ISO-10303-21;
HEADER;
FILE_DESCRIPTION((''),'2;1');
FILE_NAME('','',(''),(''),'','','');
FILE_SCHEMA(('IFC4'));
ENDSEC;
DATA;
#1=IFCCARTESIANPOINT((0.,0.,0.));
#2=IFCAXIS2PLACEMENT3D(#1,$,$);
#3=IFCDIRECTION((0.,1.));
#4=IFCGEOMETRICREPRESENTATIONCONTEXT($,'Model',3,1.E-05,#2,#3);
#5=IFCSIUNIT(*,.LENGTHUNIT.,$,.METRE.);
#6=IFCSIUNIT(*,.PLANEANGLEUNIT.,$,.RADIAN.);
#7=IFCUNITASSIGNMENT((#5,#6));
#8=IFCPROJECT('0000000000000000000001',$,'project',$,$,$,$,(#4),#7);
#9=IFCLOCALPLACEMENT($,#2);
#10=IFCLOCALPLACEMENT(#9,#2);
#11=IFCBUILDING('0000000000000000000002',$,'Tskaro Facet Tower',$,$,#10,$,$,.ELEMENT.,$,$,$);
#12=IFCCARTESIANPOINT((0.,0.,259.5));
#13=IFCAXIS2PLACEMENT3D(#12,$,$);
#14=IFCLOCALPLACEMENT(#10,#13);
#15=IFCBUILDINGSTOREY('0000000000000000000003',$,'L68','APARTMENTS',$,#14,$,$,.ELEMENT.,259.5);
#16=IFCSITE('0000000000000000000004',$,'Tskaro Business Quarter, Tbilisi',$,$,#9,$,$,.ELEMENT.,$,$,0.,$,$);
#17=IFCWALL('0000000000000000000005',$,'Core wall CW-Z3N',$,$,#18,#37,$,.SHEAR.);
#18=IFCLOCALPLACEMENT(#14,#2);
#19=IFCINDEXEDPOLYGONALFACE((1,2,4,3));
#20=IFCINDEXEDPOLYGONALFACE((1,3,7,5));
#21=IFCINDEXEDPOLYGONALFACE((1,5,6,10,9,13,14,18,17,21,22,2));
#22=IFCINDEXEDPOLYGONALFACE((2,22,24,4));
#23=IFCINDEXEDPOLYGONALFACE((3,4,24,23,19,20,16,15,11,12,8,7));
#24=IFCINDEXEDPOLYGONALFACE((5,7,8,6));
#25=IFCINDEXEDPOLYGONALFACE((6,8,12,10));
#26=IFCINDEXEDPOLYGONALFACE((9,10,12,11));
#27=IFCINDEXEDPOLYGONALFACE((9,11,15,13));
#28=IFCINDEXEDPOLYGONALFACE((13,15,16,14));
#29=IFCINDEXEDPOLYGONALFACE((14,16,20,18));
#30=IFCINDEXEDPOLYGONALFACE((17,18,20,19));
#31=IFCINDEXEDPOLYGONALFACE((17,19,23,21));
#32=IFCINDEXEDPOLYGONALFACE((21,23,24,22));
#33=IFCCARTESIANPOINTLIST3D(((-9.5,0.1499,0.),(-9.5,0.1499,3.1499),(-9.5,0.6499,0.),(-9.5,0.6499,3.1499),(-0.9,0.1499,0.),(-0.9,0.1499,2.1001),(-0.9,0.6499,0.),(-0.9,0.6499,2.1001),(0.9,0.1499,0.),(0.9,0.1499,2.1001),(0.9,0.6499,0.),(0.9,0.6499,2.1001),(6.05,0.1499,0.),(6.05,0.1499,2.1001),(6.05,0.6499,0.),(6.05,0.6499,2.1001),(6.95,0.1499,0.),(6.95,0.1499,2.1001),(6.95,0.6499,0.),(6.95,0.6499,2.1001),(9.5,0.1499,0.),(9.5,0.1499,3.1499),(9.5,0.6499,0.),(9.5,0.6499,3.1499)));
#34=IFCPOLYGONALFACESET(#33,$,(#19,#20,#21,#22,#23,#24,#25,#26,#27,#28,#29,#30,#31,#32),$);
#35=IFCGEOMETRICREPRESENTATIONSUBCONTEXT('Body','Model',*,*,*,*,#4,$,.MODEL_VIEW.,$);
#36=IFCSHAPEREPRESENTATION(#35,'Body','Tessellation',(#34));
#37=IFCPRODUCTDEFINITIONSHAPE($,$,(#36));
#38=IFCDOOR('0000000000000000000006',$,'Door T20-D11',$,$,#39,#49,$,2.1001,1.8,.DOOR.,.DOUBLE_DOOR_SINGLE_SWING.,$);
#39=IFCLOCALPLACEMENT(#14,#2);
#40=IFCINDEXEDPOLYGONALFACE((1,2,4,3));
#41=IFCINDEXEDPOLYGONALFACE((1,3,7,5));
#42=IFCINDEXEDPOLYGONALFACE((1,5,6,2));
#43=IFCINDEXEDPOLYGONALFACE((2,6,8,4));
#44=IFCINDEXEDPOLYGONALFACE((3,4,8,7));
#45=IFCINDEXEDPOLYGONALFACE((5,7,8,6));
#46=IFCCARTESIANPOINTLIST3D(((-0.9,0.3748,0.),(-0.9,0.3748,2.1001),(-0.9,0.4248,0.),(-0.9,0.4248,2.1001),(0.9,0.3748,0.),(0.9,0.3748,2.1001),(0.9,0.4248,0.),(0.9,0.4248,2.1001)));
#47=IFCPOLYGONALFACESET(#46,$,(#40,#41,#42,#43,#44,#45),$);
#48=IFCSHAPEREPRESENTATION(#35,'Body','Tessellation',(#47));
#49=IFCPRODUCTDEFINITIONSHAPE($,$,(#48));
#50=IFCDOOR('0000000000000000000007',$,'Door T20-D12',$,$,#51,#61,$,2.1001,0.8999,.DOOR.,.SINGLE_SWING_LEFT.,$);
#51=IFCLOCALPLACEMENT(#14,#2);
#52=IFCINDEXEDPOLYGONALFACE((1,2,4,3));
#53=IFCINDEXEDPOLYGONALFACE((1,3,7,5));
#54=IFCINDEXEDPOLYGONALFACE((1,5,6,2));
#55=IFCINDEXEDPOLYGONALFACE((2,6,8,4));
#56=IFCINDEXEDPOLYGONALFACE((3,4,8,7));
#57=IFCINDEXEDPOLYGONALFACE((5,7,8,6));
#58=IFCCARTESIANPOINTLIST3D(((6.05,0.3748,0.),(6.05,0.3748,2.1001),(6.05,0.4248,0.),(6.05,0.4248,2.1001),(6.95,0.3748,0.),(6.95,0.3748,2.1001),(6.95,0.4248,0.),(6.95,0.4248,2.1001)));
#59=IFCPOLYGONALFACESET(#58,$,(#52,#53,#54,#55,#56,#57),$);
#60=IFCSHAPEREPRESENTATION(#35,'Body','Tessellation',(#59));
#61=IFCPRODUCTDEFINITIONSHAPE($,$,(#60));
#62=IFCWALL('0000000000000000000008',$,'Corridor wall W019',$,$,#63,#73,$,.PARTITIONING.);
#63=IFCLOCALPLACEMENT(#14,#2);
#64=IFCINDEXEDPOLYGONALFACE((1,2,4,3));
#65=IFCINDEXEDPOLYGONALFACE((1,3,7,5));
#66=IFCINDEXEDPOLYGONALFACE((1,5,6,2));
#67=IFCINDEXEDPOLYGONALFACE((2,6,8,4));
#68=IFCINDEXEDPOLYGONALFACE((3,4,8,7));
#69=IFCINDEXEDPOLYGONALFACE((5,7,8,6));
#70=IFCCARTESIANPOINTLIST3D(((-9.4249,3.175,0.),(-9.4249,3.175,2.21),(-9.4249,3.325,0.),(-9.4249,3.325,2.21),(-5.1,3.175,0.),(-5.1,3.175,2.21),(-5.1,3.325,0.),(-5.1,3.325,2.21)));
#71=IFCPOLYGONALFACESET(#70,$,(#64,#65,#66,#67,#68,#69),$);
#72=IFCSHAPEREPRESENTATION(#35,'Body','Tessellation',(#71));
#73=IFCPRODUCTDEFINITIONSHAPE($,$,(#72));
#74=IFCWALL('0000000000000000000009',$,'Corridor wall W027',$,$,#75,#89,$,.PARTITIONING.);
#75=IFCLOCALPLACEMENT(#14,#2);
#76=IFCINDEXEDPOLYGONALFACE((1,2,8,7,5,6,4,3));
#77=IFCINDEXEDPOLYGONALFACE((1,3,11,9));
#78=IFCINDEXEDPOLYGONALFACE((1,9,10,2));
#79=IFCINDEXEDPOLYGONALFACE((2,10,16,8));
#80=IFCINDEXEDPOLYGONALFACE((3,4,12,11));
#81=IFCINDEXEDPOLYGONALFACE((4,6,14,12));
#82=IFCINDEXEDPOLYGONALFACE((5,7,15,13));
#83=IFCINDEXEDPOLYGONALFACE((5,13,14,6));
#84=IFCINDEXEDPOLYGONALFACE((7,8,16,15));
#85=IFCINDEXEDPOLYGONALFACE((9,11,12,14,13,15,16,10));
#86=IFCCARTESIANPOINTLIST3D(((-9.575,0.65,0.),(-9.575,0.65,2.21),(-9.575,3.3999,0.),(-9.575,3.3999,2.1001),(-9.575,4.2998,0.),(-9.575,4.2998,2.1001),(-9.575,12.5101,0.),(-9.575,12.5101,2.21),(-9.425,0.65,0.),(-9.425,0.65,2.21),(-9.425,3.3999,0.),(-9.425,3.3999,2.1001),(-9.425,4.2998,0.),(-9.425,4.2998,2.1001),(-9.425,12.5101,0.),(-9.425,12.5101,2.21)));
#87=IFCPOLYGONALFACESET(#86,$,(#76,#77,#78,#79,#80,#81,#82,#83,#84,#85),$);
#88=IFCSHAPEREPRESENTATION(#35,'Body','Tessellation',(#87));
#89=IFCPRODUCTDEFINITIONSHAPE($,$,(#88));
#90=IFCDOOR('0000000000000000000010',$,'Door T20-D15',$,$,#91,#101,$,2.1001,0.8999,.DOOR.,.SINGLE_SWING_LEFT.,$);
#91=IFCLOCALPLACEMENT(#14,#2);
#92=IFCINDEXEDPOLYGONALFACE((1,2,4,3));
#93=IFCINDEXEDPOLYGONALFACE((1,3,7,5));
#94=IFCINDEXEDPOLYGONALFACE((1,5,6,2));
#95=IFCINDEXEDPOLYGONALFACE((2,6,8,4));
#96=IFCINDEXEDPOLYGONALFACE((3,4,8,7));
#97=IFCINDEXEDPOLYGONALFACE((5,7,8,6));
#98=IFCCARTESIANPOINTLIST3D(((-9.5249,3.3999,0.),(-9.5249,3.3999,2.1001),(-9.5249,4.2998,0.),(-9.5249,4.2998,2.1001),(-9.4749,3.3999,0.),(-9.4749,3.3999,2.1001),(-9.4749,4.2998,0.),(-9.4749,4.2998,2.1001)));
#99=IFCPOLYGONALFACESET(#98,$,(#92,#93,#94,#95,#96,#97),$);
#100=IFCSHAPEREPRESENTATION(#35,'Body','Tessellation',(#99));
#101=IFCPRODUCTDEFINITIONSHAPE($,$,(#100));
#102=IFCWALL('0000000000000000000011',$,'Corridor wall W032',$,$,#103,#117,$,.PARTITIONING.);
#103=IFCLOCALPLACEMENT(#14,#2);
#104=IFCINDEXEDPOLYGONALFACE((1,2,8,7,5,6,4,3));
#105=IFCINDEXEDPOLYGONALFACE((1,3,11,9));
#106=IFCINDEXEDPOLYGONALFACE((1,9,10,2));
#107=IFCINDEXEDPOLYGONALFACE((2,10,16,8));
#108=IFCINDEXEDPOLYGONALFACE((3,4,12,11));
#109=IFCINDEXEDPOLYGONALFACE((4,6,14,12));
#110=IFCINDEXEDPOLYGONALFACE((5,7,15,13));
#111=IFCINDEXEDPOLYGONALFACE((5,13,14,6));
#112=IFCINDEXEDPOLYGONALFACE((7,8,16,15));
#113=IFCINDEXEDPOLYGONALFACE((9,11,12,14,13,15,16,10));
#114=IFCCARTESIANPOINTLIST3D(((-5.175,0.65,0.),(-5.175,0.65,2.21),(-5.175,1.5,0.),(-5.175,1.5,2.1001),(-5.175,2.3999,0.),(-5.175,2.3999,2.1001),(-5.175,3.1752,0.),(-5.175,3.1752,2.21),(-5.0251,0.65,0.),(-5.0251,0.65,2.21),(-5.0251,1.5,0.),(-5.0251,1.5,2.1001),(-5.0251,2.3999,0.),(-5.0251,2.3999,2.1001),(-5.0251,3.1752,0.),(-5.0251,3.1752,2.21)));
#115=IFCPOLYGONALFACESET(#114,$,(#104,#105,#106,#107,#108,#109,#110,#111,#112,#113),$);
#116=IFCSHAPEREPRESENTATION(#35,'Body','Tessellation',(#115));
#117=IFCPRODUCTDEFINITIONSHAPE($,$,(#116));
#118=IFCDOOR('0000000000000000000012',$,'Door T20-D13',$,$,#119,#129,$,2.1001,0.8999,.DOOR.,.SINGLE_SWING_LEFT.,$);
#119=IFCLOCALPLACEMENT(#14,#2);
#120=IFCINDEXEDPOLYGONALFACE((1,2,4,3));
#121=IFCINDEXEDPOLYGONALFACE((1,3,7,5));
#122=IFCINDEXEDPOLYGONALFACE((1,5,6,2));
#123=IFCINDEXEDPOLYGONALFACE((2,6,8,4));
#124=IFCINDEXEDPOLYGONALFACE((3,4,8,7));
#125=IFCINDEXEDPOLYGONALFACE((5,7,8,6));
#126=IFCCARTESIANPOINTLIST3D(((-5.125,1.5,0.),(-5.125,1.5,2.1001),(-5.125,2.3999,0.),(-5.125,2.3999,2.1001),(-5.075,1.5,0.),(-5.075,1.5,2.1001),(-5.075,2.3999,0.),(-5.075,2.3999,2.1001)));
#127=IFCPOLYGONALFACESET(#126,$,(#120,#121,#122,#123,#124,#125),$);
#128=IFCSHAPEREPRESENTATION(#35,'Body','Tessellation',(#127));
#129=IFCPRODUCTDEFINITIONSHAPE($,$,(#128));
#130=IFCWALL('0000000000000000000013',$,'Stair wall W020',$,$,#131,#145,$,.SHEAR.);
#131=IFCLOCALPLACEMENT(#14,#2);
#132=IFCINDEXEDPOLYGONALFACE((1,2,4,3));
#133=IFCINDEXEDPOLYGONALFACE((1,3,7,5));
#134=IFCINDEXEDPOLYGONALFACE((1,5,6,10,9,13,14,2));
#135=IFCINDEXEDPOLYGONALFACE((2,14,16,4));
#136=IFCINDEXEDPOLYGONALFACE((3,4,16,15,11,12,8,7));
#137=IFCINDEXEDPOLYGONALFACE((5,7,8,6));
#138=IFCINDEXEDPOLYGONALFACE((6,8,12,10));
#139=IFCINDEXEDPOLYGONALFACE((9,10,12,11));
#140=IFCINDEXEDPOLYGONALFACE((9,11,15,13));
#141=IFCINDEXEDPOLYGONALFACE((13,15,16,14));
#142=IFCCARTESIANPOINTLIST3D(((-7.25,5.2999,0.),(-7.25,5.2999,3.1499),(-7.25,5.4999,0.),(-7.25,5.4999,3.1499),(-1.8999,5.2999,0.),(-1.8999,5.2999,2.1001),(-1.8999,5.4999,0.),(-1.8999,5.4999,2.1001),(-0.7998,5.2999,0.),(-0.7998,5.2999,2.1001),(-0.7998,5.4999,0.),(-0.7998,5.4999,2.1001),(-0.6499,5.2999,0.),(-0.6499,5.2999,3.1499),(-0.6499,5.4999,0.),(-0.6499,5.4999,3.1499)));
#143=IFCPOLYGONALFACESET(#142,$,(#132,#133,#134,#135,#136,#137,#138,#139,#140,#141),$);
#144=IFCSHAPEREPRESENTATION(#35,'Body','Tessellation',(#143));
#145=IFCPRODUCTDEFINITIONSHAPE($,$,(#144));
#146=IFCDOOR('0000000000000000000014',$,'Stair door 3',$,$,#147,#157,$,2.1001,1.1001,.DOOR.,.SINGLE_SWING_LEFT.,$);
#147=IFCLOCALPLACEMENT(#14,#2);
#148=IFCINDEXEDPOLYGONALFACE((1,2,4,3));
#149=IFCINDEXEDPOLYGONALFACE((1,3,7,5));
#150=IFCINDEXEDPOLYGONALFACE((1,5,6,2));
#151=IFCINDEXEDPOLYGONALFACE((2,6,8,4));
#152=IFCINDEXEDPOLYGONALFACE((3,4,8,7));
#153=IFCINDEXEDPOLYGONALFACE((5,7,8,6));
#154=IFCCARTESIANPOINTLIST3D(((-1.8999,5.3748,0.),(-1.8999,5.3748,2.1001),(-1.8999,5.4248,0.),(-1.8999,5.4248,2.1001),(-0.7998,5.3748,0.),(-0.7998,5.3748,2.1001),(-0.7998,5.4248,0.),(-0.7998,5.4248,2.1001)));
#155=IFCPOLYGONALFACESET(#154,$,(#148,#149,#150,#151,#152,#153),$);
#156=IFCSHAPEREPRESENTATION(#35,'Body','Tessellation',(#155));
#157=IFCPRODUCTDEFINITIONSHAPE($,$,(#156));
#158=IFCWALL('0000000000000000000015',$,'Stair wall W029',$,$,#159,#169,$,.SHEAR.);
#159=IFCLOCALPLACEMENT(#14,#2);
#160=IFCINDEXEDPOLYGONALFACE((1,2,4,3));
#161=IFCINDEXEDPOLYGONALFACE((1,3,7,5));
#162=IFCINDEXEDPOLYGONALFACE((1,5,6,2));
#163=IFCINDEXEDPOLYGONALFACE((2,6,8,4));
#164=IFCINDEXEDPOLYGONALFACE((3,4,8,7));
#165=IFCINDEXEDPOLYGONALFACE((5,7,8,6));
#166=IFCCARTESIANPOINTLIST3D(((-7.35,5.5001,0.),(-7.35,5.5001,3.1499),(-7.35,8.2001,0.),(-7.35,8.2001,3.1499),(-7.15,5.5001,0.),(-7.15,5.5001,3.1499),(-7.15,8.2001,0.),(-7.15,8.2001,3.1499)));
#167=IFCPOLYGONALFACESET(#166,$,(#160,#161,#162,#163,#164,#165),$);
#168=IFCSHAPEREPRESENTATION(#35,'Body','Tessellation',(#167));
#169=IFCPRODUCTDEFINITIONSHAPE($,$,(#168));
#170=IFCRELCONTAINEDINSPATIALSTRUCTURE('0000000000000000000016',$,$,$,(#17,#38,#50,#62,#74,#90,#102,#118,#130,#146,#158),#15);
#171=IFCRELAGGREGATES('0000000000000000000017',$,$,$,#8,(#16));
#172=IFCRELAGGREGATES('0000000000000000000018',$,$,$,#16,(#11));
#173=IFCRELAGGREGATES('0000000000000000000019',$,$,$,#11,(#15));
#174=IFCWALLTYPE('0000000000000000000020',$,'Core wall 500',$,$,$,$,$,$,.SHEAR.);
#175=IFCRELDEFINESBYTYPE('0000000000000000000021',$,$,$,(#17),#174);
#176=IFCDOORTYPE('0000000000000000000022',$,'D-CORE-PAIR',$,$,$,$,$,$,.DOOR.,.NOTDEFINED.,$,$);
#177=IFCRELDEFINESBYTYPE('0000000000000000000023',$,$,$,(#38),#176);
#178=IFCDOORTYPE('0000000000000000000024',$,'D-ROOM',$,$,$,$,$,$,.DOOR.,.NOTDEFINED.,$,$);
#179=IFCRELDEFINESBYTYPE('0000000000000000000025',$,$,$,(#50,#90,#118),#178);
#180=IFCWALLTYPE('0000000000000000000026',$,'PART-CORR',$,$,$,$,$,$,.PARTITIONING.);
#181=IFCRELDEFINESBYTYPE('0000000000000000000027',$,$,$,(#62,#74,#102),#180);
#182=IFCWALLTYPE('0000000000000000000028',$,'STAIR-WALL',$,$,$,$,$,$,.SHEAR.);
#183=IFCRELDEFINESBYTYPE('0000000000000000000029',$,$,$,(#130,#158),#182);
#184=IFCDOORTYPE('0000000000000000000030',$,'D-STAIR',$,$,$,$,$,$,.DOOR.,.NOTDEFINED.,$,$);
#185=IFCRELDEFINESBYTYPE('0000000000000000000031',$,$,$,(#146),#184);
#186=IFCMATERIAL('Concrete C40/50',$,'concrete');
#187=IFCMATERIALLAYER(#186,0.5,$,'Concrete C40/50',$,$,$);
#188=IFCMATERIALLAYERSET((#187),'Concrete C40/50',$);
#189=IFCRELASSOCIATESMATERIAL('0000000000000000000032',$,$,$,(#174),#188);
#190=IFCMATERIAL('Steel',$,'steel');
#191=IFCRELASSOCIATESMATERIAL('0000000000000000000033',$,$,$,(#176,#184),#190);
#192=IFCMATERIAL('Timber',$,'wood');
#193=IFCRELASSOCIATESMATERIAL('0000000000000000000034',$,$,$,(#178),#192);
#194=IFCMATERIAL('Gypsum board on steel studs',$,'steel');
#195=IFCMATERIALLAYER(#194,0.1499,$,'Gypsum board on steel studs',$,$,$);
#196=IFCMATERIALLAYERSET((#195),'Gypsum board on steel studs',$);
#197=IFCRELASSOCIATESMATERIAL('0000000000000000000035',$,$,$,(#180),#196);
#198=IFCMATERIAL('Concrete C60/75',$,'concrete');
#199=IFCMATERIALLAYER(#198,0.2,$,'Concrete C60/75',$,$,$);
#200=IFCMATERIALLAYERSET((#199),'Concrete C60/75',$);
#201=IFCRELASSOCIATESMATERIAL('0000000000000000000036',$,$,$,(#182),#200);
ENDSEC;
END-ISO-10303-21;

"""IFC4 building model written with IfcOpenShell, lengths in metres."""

from ifc_helpers import new_model, si_unit, direction, frame, frame_2d, origin, place, context, subcontext, project, spatial, rectangle, extrude, material, layer, layer_set, type_object, element, fill, save


model = new_model("IFC4")

# Units and contexts
model_context = context("Model", 3, precision=1e-05, world=origin(), true_north=direction((0.0, 1.0)))
body_context = subcontext(model_context, "Body", "Model", "MODEL_VIEW")
ifc_project = project(units=[si_unit("LENGTHUNIT", "METRE"), si_unit("PLANEANGLEUNIT", "RADIAN")], contexts=[model_context])

# Site, building, storey
site_placement = place(None, origin())
site = spatial("IfcSite", under=ifc_project, at=site_placement, Name="Tskaro Business Quarter, Tbilisi", CompositionType="ELEMENT", RefElevation=0.0)
building_placement = place(site_placement, origin())
building = spatial("IfcBuilding", under=site, at=building_placement, Name="Tskaro Facet Tower", CompositionType="ELEMENT")
storey_placement = place(building_placement, frame((0.0, 0.0, 259.5)))
storey = spatial("IfcBuildingStorey", under=building, at=storey_placement, Name="L68", Description="APARTMENTS", CompositionType="ELEMENT", Elevation=259.5)

# Wall, openings, doors
ifc_material_1 = material(Name="Concrete C40/50", Category="concrete")
ifc_layer_1 = layer(ifc_material_1, 0.5, Name="Concrete C40/50")
ifc_layer_set_1 = layer_set([ifc_layer_1], Name="Concrete C40/50")
wall_type_1 = type_object("IfcWallType", Name="Core wall 500", PredefinedType="SHEAR", material=ifc_layer_set_1)
wall_1_placement = place(storey_placement, frame((-9.5, 0.3999, 0.0), z_axis=(0.0, 0.0, 1.0), x_axis=(1.0, 0.0, 0.0)))
wall_1 = element("IfcWall", 1, at=wall_1_placement, inside=storey, type_object=wall_type_1, Name="Core wall CW-Z3N", PredefinedType="SHEAR", context=body_context, shape_type="SweptSolid", body=[
    extrude(rectangle(XDim=19.0, YDim=0.5, at=frame_2d((9.5, 0.0))), origin(), (0.0, 0.0, 1.0), 3.1499),
])
opening_1_placement = place(wall_1_placement, frame((8.6001, 0.0, 0.0)))
opening_1 = element("IfcOpeningElement", 2, at=opening_1_placement, cuts=wall_1, PredefinedType="OPENING", context=body_context, shape_type="SweptSolid", body=[
    extrude(rectangle(XDim=1.8, YDim=2.1001, at=frame_2d((0.8999, 1.05))), frame((0.0, 0.26, 0.0), z_axis=(0.0, -1.0, 0.0), x_axis=(1.0, 0.0, 0.0)), (0.0, 0.0, 1.0), 0.52),
])
opening_2_placement = place(wall_1_placement, frame((15.55, 0.0, 0.0)))
opening_2 = element("IfcOpeningElement", 3, at=opening_2_placement, cuts=wall_1, PredefinedType="OPENING", context=body_context, shape_type="SweptSolid", body=[
    extrude(rectangle(XDim=0.8999, YDim=2.1001, at=frame_2d((0.45, 1.05))), frame((0.0, 0.26, 0.0), z_axis=(0.0, -1.0, 0.0), x_axis=(1.0, 0.0, 0.0)), (0.0, 0.0, 1.0), 0.52),
])
ifc_material_2 = material(Name="Steel", Category="steel")
door_type_1 = type_object("IfcDoorType", Name="D-CORE-PAIR", OperationType="NOTDEFINED", PredefinedType="DOOR", material=ifc_material_2)
door_1_placement = place(opening_1_placement, origin())
door_1 = element("IfcDoor", 4, at=door_1_placement, inside=storey, type_object=door_type_1, Name="Door T20-D11", OperationType="DOUBLE_DOOR_SINGLE_SWING", OverallHeight=2.1001, OverallWidth=1.8, PredefinedType="DOOR", context=body_context, shape_type="SweptSolid", body=[
    extrude(rectangle(XDim=1.8, YDim=2.1001, at=frame_2d((0.8999, 1.05))), frame((0.0, 0.0249, 0.0), z_axis=(0.0, -1.0, 0.0), x_axis=(1.0, 0.0, 0.0)), (0.0, 0.0, 1.0), 0.05),
])
fill(opening_1, door_1)
ifc_material_3 = material(Name="Timber", Category="wood")
door_type_2 = type_object("IfcDoorType", Name="D-ROOM", OperationType="NOTDEFINED", PredefinedType="DOOR", material=ifc_material_3)
door_2_placement = place(opening_2_placement, origin())
door_2 = element("IfcDoor", 5, at=door_2_placement, inside=storey, type_object=door_type_2, Name="Door T20-D12", OperationType="SINGLE_SWING_LEFT", OverallHeight=2.1001, OverallWidth=0.8999, PredefinedType="DOOR", context=body_context, shape_type="SweptSolid", body=[
    extrude(rectangle(XDim=0.8999, YDim=2.1001, at=frame_2d((0.45, 1.05))), frame((0.0, 0.0249, 0.0), z_axis=(0.0, -1.0, 0.0), x_axis=(1.0, 0.0, 0.0)), (0.0, 0.0, 1.0), 0.05),
])
fill(opening_2, door_2)

# Wall
ifc_material_4 = material(Name="Gypsum board on steel studs", Category="steel")
ifc_layer_2 = layer(ifc_material_4, 0.1499, Name="Gypsum board on steel studs")
ifc_layer_set_2 = layer_set([ifc_layer_2], Name="Gypsum board on steel studs")
wall_type_2 = type_object("IfcWallType", Name="PART-CORR", PredefinedType="PARTITIONING", material=ifc_layer_set_2)
wall_2_placement = place(storey_placement, frame((-9.425, 3.25, 0.0), z_axis=(0.0, 0.0, 1.0), x_axis=(1.0, 0.0, 0.0)))
element("IfcWall", 6, at=wall_2_placement, inside=storey, type_object=wall_type_2, Name="Corridor wall W019", PredefinedType="PARTITIONING", context=body_context, shape_type="SweptSolid", body=[
    extrude(rectangle(XDim=4.325, YDim=0.1499, at=frame_2d((2.1626, 0.0))), origin(), (0.0, 0.0, 1.0), 2.21),
])

# Walls, openings, doors
wall_3_placement = place(storey_placement, frame((-9.5, 0.6499, 0.0), z_axis=(0.0, 0.0, 1.0), x_axis=(0.0, 1.0, 0.0)))
wall_3 = element("IfcWall", 7, at=wall_3_placement, inside=storey, type_object=wall_type_2, Name="Corridor wall W027", PredefinedType="PARTITIONING", context=body_context, shape_type="SweptSolid", body=[
    extrude(rectangle(XDim=11.8601, YDim=0.1499, at=frame_2d((5.9302, 0.0))), origin(), (0.0, 0.0, 1.0), 2.21),
])
opening_3_placement = place(wall_3_placement, frame((2.75, 0.0, 0.0)))
opening_3 = element("IfcOpeningElement", 8, at=opening_3_placement, cuts=wall_3, PredefinedType="OPENING", context=body_context, shape_type="SweptSolid", body=[
    extrude(rectangle(XDim=0.8999, YDim=2.1001, at=frame_2d((0.45, 1.05))), frame((0.0, 0.085, 0.0), z_axis=(0.0, -1.0, 0.0), x_axis=(1.0, 0.0, 0.0)), (0.0, 0.0, 1.0), 0.1699),
])
door_3_placement = place(opening_3_placement, origin())
door_3 = element("IfcDoor", 9, at=door_3_placement, inside=storey, type_object=door_type_2, Name="Door T20-D15", OperationType="SINGLE_SWING_LEFT", OverallHeight=2.1001, OverallWidth=0.8999, PredefinedType="DOOR", context=body_context, shape_type="SweptSolid", body=[
    extrude(rectangle(XDim=0.8999, YDim=2.1001, at=frame_2d((0.45, 1.05))), frame((0.0, 0.0249, 0.0), z_axis=(0.0, -1.0, 0.0), x_axis=(1.0, 0.0, 0.0)), (0.0, 0.0, 1.0), 0.05),
])
fill(opening_3, door_3)
wall_4_placement = place(storey_placement, frame((-5.1001, 0.6499, 0.0), z_axis=(0.0, 0.0, 1.0), x_axis=(0.0, 1.0, 0.0)))
wall_4 = element("IfcWall", 10, at=wall_4_placement, inside=storey, type_object=wall_type_2, Name="Corridor wall W032", PredefinedType="PARTITIONING", context=body_context, shape_type="SweptSolid", body=[
    extrude(rectangle(XDim=2.5251, YDim=0.1499, at=frame_2d((1.2627, 0.0))), origin(), (0.0, 0.0, 1.0), 2.21),
])
opening_4_placement = place(wall_4_placement, frame((0.8501, 0.0, 0.0)))
opening_4 = element("IfcOpeningElement", 11, at=opening_4_placement, cuts=wall_4, PredefinedType="OPENING", context=body_context, shape_type="SweptSolid", body=[
    extrude(rectangle(XDim=0.8999, YDim=2.1001, at=frame_2d((0.45, 1.05))), frame((0.0, 0.085, 0.0), z_axis=(0.0, -1.0, 0.0), x_axis=(1.0, 0.0, 0.0)), (0.0, 0.0, 1.0), 0.1699),
])
door_4_placement = place(opening_4_placement, origin())
door_4 = element("IfcDoor", 12, at=door_4_placement, inside=storey, type_object=door_type_2, Name="Door T20-D13", OperationType="SINGLE_SWING_LEFT", OverallHeight=2.1001, OverallWidth=0.8999, PredefinedType="DOOR", context=body_context, shape_type="SweptSolid", body=[
    extrude(rectangle(XDim=0.8999, YDim=2.1001, at=frame_2d((0.45, 1.05))), frame((0.0, 0.0249, 0.0), z_axis=(0.0, -1.0, 0.0), x_axis=(1.0, 0.0, 0.0)), (0.0, 0.0, 1.0), 0.05),
])
fill(opening_4, door_4)
ifc_material_5 = material(Name="Concrete C60/75", Category="concrete")
ifc_layer_3 = layer(ifc_material_5, 0.2, Name="Concrete C60/75")
ifc_layer_set_3 = layer_set([ifc_layer_3], Name="Concrete C60/75")
wall_type_3 = type_object("IfcWallType", Name="STAIR-WALL", PredefinedType="SHEAR", material=ifc_layer_set_3)
wall_5_placement = place(storey_placement, frame((-7.25, 5.3999, 0.0), z_axis=(0.0, 0.0, 1.0), x_axis=(1.0, 0.0, 0.0)))
wall_5 = element("IfcWall", 13, at=wall_5_placement, inside=storey, type_object=wall_type_3, Name="Stair wall W020", PredefinedType="SHEAR", context=body_context, shape_type="SweptSolid", body=[
    extrude(rectangle(XDim=6.6001, YDim=0.2, at=frame_2d((3.3, 0.0))), origin(), (0.0, 0.0, 1.0), 3.1499),
])
opening_5_placement = place(wall_5_placement, frame((5.3501, 0.0, 0.0)))
opening_5 = element("IfcOpeningElement", 14, at=opening_5_placement, cuts=wall_5, PredefinedType="OPENING", context=body_context, shape_type="SweptSolid", body=[
    extrude(rectangle(XDim=1.1001, YDim=2.1001, at=frame_2d((0.55, 1.05))), frame((0.0, 0.1099, 0.0), z_axis=(0.0, -1.0, 0.0), x_axis=(1.0, 0.0, 0.0)), (0.0, 0.0, 1.0), 0.22),
])
door_type_3 = type_object("IfcDoorType", Name="D-STAIR", OperationType="NOTDEFINED", PredefinedType="DOOR", material=ifc_material_2)
door_5_placement = place(opening_5_placement, origin())
door_5 = element("IfcDoor", 15, at=door_5_placement, inside=storey, type_object=door_type_3, Name="Stair door 3", OperationType="SINGLE_SWING_LEFT", OverallHeight=2.1001, OverallWidth=1.1001, PredefinedType="DOOR", context=body_context, shape_type="SweptSolid", body=[
    extrude(rectangle(XDim=1.1001, YDim=2.1001, at=frame_2d((0.55, 1.05))), frame((0.0, 0.0249, 0.0), z_axis=(0.0, -1.0, 0.0), x_axis=(1.0, 0.0, 0.0)), (0.0, 0.0, 1.0), 0.05),
])
fill(opening_5, door_5)

# Wall
wall_6_placement = place(storey_placement, frame((-7.25, 5.5, 0.0), z_axis=(0.0, 0.0, 1.0), x_axis=(0.0, 1.0, 0.0)))
element("IfcWall", 16, at=wall_6_placement, inside=storey, type_object=wall_type_3, Name="Stair wall W029", PredefinedType="SHEAR", context=body_context, shape_type="SweptSolid", body=[
    extrude(rectangle(XDim=2.7, YDim=0.2, at=frame_2d((1.3501, 0.0))), origin(), (0.0, 0.0, 1.0), 3.1499),
])

save(model, "model.ifc")
